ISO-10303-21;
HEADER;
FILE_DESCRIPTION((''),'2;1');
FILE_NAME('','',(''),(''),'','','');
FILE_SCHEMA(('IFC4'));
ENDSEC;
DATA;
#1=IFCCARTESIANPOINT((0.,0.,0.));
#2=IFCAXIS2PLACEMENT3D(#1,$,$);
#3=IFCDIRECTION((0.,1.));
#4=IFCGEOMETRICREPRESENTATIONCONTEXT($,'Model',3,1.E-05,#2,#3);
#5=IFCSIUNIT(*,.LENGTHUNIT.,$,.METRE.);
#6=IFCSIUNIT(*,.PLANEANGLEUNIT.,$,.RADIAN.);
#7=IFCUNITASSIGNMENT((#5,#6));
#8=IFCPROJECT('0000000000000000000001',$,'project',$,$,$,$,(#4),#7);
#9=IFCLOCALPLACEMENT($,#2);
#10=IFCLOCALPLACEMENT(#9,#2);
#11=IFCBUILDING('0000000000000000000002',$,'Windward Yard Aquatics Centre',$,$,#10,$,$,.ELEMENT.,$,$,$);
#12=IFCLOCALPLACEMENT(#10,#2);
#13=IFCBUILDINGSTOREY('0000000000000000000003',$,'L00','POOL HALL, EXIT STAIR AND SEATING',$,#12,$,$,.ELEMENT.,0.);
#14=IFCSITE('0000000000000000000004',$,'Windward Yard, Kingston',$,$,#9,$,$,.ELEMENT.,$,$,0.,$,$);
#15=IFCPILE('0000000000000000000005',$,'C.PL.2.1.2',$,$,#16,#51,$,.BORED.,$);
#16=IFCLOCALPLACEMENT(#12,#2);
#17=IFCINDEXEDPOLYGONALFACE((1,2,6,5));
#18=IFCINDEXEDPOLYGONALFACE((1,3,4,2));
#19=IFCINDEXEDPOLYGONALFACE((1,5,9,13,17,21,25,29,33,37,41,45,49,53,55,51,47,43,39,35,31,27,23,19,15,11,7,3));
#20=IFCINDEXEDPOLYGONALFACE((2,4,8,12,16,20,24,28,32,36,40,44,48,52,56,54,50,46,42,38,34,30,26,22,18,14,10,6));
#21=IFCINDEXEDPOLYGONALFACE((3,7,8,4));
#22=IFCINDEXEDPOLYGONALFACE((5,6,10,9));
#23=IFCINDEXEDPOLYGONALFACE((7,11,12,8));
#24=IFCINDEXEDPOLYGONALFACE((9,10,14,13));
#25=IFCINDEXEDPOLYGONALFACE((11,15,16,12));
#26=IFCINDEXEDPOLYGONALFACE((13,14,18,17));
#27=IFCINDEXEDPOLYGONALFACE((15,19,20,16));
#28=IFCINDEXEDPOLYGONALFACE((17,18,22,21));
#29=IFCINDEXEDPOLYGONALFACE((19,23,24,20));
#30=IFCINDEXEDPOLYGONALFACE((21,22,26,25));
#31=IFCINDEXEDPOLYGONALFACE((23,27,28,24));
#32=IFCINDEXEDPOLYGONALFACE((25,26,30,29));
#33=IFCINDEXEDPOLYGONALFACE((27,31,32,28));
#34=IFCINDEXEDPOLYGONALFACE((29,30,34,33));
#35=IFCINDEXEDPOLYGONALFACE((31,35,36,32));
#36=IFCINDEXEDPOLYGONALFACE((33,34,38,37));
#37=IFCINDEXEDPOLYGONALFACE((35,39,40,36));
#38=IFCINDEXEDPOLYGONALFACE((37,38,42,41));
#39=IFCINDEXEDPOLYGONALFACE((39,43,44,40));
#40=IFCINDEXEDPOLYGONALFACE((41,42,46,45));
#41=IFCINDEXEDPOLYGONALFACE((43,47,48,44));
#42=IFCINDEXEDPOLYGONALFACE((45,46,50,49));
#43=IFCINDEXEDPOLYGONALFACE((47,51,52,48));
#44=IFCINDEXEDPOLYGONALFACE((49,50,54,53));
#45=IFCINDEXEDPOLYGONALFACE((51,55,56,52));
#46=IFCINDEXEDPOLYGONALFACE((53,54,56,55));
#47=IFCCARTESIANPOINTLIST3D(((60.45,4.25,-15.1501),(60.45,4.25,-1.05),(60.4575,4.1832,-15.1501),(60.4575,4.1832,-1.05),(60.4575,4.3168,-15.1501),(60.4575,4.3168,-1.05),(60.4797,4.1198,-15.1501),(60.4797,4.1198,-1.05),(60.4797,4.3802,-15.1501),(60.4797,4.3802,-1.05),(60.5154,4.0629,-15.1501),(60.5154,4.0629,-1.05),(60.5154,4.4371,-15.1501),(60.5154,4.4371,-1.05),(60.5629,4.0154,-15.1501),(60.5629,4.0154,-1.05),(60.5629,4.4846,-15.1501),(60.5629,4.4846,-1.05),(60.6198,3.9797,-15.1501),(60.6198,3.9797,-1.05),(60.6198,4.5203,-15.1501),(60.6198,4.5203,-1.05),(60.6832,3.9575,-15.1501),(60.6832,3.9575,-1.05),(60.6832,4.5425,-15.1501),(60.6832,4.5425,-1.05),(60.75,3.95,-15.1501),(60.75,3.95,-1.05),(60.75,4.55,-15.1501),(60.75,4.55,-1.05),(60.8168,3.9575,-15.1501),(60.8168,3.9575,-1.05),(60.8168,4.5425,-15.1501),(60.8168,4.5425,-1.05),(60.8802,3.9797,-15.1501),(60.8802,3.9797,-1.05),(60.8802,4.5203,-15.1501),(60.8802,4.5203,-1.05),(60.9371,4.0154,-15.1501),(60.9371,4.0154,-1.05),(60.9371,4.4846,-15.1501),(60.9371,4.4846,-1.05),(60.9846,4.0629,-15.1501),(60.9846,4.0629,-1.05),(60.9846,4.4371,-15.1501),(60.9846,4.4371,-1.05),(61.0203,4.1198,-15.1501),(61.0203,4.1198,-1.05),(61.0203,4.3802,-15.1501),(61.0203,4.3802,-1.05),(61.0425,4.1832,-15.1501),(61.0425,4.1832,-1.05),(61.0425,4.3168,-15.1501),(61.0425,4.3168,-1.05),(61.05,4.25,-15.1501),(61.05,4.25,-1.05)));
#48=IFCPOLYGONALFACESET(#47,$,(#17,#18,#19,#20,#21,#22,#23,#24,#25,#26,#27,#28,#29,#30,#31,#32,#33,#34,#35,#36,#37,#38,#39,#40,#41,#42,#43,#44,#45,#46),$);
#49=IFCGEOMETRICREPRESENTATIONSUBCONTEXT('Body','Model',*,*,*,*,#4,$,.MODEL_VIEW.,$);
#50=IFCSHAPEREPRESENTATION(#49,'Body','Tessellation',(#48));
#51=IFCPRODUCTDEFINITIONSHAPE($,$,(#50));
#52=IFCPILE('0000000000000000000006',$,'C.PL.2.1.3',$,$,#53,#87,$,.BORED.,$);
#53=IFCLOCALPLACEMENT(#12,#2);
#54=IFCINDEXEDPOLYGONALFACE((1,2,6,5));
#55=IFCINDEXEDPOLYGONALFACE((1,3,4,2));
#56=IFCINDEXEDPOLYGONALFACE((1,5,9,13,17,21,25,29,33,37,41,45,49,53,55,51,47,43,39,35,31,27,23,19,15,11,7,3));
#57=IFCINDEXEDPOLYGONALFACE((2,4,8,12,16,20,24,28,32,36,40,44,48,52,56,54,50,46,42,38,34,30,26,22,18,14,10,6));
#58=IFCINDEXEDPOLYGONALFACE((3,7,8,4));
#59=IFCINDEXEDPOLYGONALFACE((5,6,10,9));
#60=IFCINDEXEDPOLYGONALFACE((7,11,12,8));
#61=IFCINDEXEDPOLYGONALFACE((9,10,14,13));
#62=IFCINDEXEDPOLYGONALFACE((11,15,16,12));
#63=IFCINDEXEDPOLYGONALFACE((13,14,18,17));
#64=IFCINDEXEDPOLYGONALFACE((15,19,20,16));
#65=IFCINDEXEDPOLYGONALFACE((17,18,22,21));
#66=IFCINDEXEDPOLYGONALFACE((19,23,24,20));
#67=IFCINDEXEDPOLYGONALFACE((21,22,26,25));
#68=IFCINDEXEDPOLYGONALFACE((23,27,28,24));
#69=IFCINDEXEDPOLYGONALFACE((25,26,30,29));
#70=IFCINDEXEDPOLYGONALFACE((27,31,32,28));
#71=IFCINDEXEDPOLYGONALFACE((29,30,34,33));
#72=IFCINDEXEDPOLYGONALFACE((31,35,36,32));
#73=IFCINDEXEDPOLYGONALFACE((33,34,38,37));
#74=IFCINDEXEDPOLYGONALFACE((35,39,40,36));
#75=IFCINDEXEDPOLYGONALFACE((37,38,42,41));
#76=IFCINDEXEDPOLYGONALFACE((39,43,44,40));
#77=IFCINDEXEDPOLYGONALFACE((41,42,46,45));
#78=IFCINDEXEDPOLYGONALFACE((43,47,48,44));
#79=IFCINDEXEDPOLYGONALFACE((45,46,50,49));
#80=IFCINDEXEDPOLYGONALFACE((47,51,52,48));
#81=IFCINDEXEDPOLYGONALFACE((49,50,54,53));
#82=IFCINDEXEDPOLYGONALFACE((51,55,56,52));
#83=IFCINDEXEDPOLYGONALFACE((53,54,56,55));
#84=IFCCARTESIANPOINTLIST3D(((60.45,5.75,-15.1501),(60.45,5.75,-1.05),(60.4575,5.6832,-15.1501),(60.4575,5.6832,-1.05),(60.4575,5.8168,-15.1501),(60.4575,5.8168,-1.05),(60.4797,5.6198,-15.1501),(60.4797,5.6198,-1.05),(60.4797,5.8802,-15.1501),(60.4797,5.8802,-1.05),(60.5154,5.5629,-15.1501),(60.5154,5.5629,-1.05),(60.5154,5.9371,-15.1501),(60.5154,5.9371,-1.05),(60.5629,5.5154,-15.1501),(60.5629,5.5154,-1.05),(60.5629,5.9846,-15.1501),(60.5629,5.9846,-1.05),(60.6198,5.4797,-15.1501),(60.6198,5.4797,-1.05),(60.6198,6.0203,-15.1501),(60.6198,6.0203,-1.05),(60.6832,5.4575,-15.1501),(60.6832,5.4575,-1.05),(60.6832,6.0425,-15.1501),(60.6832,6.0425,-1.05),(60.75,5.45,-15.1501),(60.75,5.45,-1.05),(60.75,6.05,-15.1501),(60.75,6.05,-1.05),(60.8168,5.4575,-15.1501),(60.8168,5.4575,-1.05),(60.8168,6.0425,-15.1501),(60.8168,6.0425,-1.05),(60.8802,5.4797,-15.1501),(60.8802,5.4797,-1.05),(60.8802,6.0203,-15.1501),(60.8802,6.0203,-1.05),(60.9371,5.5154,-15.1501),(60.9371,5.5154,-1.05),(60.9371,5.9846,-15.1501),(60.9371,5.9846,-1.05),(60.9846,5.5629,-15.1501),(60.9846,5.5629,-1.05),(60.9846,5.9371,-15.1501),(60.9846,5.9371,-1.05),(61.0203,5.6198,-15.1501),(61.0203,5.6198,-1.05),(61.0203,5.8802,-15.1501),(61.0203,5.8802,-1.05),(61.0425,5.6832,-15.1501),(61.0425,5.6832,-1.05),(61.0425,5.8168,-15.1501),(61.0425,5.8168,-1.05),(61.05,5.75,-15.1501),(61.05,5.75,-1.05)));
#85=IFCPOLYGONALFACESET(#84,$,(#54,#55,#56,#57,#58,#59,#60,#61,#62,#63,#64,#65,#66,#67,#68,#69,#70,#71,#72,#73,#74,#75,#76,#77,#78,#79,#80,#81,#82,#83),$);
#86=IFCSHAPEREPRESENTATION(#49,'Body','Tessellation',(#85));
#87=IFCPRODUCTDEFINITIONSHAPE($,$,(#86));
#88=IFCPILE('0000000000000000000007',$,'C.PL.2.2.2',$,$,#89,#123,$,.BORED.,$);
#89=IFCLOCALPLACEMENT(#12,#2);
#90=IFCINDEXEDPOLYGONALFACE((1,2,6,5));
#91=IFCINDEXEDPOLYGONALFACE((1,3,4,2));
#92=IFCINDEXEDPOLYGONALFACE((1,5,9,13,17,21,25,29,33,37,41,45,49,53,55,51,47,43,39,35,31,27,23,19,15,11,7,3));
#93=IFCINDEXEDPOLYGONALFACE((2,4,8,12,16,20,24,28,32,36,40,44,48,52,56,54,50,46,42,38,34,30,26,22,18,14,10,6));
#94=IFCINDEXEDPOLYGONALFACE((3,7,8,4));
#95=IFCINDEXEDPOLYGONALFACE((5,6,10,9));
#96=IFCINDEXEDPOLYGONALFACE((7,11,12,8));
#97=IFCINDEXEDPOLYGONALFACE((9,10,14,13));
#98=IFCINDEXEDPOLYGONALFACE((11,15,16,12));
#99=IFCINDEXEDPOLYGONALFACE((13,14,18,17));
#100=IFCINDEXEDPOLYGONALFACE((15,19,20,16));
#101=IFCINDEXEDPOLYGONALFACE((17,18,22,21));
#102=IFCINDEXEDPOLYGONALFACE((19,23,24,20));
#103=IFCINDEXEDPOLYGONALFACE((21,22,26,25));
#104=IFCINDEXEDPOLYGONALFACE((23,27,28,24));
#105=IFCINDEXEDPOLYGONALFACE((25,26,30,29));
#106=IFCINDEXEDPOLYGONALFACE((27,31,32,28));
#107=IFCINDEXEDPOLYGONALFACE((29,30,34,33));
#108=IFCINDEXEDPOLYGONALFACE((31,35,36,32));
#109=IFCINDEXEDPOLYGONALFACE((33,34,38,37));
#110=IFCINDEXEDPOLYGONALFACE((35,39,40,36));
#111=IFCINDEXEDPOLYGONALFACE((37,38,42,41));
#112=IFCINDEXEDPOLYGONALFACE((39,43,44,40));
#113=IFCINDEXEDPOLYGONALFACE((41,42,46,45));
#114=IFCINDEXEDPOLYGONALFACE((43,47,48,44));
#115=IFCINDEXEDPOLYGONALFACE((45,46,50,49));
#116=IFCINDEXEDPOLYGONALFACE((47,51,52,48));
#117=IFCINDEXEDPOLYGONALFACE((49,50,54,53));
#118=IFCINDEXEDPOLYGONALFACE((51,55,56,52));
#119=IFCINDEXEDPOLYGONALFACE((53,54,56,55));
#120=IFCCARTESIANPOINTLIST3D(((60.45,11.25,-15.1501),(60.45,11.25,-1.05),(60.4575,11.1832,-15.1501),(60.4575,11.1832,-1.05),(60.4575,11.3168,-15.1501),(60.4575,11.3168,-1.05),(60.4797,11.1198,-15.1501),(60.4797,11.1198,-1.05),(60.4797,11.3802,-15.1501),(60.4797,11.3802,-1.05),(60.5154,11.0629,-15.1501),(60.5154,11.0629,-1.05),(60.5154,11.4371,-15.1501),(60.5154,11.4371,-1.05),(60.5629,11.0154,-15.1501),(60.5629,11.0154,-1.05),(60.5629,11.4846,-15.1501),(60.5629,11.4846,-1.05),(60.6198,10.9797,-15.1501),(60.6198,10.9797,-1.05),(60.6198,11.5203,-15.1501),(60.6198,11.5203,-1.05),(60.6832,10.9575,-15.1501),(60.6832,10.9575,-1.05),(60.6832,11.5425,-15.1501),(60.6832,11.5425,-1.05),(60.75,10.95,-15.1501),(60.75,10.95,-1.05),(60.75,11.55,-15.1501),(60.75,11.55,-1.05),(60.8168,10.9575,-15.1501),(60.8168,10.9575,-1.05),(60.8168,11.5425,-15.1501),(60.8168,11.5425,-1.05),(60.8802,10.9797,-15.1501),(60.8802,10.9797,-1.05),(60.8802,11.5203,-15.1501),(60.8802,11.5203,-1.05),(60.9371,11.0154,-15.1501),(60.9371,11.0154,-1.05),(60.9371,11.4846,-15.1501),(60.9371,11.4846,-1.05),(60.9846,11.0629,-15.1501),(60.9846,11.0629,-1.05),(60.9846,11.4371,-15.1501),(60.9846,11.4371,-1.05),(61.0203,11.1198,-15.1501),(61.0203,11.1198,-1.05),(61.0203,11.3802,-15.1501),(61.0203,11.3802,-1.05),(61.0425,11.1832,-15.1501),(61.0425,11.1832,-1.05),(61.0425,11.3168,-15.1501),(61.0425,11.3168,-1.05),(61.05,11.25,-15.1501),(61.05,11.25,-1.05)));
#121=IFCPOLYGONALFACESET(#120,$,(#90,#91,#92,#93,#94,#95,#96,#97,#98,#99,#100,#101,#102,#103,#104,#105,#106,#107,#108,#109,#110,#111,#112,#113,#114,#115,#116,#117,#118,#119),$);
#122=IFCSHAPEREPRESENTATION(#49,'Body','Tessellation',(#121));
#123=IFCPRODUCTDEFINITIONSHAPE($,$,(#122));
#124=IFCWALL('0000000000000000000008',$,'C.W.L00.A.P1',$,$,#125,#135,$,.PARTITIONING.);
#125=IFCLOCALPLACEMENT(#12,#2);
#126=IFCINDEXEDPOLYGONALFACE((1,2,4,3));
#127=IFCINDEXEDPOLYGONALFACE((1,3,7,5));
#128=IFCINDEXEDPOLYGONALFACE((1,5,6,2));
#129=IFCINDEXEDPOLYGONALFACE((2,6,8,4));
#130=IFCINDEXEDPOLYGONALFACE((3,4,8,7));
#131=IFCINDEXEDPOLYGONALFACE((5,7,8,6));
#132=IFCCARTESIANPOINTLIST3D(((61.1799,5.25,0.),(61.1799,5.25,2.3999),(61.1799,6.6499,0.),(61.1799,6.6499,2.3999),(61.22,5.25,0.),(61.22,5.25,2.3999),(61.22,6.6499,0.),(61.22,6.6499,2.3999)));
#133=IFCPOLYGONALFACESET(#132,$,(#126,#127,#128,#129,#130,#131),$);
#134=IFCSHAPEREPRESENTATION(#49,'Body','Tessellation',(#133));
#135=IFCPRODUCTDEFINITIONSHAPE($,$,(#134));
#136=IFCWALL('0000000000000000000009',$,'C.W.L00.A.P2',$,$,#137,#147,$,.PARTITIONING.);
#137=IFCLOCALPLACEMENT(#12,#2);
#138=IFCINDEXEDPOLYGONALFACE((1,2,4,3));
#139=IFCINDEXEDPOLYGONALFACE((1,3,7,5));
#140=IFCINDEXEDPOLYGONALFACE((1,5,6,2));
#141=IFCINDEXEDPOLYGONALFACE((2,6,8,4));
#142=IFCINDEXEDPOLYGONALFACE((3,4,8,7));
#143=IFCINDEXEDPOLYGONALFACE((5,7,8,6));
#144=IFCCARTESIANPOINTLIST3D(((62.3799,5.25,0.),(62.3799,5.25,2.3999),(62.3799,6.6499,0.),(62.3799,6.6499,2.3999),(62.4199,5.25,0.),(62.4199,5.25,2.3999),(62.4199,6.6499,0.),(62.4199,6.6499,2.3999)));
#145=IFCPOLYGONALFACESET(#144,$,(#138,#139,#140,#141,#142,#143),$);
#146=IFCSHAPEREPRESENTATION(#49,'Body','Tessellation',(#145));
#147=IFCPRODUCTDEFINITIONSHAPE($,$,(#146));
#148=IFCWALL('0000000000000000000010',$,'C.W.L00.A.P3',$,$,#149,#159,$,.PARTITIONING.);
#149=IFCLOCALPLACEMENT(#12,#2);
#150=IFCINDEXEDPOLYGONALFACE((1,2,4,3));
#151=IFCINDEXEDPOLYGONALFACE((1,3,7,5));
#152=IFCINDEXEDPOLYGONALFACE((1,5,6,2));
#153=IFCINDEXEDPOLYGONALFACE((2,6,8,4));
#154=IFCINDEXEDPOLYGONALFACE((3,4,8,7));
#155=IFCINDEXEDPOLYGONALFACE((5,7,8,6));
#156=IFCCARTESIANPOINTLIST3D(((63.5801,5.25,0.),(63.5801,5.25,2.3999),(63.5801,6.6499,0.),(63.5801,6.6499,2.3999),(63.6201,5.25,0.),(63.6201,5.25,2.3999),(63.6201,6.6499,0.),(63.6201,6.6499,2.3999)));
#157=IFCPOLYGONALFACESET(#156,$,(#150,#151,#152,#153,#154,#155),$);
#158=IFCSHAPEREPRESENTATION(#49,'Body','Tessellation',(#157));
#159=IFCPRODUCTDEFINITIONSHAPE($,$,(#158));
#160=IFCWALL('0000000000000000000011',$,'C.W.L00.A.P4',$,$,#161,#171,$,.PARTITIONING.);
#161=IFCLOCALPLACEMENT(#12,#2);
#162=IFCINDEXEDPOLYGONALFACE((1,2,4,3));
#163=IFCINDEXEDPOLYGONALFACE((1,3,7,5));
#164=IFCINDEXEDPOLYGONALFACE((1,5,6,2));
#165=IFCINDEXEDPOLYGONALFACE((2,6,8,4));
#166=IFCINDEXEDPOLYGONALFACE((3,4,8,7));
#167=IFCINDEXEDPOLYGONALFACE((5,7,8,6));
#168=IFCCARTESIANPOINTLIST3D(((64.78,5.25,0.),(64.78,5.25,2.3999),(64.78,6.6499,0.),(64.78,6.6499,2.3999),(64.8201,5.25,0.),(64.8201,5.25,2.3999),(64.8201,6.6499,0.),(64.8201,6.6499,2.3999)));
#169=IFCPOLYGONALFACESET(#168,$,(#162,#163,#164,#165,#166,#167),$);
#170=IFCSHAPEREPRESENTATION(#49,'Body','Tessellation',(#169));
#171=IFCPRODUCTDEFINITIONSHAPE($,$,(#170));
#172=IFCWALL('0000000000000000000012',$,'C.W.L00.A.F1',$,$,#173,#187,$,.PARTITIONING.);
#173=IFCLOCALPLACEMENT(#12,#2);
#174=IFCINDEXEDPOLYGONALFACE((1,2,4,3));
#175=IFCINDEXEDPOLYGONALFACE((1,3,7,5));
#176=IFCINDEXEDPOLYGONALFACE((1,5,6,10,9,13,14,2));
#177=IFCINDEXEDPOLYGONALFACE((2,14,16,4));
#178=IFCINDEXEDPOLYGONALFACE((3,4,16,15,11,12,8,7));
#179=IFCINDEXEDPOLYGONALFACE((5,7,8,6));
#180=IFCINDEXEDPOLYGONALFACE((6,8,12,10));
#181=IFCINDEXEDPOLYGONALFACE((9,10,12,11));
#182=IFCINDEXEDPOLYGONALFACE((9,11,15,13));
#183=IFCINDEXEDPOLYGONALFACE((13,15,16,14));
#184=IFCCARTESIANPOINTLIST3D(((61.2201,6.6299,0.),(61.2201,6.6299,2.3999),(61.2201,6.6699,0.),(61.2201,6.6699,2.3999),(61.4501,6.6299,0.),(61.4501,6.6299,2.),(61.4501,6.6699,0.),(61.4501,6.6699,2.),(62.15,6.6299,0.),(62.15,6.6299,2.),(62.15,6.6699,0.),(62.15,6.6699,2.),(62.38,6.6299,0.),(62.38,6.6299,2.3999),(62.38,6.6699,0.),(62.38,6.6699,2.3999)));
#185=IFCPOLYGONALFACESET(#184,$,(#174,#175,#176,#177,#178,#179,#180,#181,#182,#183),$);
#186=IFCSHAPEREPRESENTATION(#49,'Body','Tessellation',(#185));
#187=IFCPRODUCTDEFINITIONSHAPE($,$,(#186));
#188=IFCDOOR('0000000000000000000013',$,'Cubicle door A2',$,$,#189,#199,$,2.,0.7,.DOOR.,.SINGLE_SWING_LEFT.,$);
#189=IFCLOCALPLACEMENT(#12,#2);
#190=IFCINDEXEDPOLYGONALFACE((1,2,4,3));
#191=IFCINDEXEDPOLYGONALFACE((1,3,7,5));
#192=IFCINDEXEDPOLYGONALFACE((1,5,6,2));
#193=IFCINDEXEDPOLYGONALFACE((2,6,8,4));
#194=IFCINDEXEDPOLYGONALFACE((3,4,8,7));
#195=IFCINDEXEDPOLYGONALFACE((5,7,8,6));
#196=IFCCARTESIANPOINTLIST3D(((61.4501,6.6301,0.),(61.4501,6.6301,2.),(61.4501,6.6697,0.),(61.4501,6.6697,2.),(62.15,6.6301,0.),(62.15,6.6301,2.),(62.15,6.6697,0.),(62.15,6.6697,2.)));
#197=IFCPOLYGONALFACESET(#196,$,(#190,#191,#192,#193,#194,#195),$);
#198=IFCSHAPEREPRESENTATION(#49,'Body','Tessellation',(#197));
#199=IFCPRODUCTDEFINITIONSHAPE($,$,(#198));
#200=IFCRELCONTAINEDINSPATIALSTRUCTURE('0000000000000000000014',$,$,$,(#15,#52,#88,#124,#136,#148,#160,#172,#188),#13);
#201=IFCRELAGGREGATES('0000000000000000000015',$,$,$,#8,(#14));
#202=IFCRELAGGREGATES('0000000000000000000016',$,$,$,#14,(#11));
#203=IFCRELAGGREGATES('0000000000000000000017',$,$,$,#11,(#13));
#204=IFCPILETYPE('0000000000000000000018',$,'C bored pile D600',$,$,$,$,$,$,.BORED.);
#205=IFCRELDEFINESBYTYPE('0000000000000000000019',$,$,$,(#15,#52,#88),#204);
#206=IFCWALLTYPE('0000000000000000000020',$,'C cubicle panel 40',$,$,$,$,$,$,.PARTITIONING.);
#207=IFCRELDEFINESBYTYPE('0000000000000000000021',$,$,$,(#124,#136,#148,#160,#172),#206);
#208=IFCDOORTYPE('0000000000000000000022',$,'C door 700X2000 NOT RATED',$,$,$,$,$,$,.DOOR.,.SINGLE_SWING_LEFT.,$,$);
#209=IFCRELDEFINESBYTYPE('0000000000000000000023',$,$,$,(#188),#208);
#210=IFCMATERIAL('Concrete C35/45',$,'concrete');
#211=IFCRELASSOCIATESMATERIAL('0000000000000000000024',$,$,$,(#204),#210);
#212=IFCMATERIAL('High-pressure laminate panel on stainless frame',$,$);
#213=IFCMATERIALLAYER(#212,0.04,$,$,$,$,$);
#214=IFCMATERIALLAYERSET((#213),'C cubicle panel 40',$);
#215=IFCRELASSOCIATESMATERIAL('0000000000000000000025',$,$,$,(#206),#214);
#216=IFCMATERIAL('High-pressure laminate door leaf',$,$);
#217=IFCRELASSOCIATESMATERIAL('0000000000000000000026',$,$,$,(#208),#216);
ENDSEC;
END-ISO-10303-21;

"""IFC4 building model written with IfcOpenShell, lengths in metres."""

from ifc_helpers import new_model, si_unit, direction, frame, frame_2d, origin, origin_2d, place, context, subcontext, project, spatial, rectangle, circle, extrude, material, layer, layer_set, material_profile, profile_set, type_object, element, fill, save


model = new_model("IFC4")

# Units and contexts
model_context = context("Model", 3, precision=1e-05, world=origin(), true_north=direction((0.0, 1.0)))
body_context = subcontext(model_context, "Body", "Model", "MODEL_VIEW")
ifc_project = project(units=[si_unit("LENGTHUNIT", "METRE"), si_unit("PLANEANGLEUNIT", "RADIAN")], contexts=[model_context])

# Site, building, storey
site_placement = place(None, origin())
site = spatial("IfcSite", under=ifc_project, at=site_placement, Name="Windward Yard, Kingston", CompositionType="ELEMENT", RefElevation=0.0)
building_placement = place(site_placement, origin())
building = spatial("IfcBuilding", under=site, at=building_placement, Name="Windward Yard Aquatics Centre", CompositionType="ELEMENT")
storey_placement = place(building_placement, origin())
storey = spatial("IfcBuildingStorey", under=building, at=storey_placement, Name="L00", Description="POOL HALL, EXIT STAIR AND SEATING", CompositionType="ELEMENT", Elevation=0.0)

# Piles
ifc_material_1 = material(Name="Concrete C35/45", Category="concrete")
ifc_material_profile = material_profile(ifc_material_1, circle(Radius=0.3, at=origin_2d()), Name="RC D600")
ifc_profile_set = profile_set([ifc_material_profile], Name="Concrete C35/45")
pile_type = type_object("IfcPileType", Name="C bored pile D600", PredefinedType="BORED", material=ifc_profile_set)
for number, where, z_axis, x_axis, name in (
    (1, (60.75, 4.25, -1.05), (0.0, 0.0, -1.0), (1.0, 0.0, 0.0), "C.PL.2.1.2"),
    (2, (60.75, 5.75, -1.05), (0.0, 0.0, -1.0), (1.0, 0.0, 0.0), "C.PL.2.1.3"),
    (3, (60.75, 11.25, -1.05), (0.0, 0.0, -1.0), (1.0, 0.0, 0.0), "C.PL.2.2.2"),
):
    element("IfcPile", number, at=place(storey_placement, frame(where, z_axis=z_axis, x_axis=x_axis)), inside=storey, type_object=pile_type, Name=name, PredefinedType="BORED", context=body_context, shape_type="SweptSolid", body=[
        extrude(circle(Radius=0.3, at=origin_2d()), origin(), (0.0, 0.0, 1.0), 14.1001),
    ])

# Walls
ifc_material_2 = material(Name="High-pressure laminate panel on stainless frame")
ifc_layer_1 = layer(ifc_material_2, 0.04)
ifc_layer_set_1 = layer_set([ifc_layer_1], Name="C cubicle panel 40")
wall_type_1 = type_object("IfcWallType", Name="C cubicle panel 40", PredefinedType="PARTITIONING", material=ifc_layer_set_1)
for number, where, z_axis, x_axis, name in (
    (4, (61.2, 5.25, 0.0), (0.0, 0.0, 1.0), (0.0, 1.0, 0.0), "C.W.L00.A.P1"),
    (5, (62.3999, 5.25, 0.0), (0.0, 0.0, 1.0), (0.0, 1.0, 0.0), "C.W.L00.A.P2"),
    (6, (63.6001, 5.25, 0.0), (0.0, 0.0, 1.0), (0.0, 1.0, 0.0), "C.W.L00.A.P3"),
    (7, (64.8, 5.25, 0.0), (0.0, 0.0, 1.0), (0.0, 1.0, 0.0), "C.W.L00.A.P4"),
):
    element("IfcWall", number, at=place(storey_placement, frame(where, z_axis=z_axis, x_axis=x_axis)), inside=storey, type_object=wall_type_1, Name=name, PredefinedType="PARTITIONING", context=body_context, shape_type="SweptSolid", body=[
        extrude(rectangle(XDim=1.3999, YDim=0.04, at=frame_2d((0.7, 0.0))), origin(), (0.0, 0.0, 1.0), 2.3999),
    ])

# Wall, opening, door
wall_1_placement = place(storey_placement, frame((61.22, 6.6499, 0.0), z_axis=(0.0, 0.0, 1.0), x_axis=(1.0, 0.0, 0.0)))
wall_1 = element("IfcWall", 8, at=wall_1_placement, inside=storey, type_object=wall_type_1, Name="C.W.L00.A.F1", PredefinedType="PARTITIONING", context=body_context, shape_type="SweptSolid", body=[
    extrude(rectangle(XDim=1.1599, YDim=0.04, at=frame_2d((0.5801, 0.0))), origin(), (0.0, 0.0, 1.0), 2.3999),
])
opening_1_placement = place(wall_1_placement, frame((0.23, 0.0, 0.0)))
opening_1 = element("IfcOpeningElement", 9, at=opening_1_placement, cuts=wall_1, PredefinedType="OPENING", context=body_context, shape_type="SweptSolid", body=[
    extrude(rectangle(XDim=0.7, YDim=2.0, at=frame_2d((0.3501, 1.0))), frame((0.0, 0.03, 0.0), z_axis=(0.0, -1.0, 0.0), x_axis=(1.0, 0.0, 0.0)), (0.0, 0.0, 1.0), 0.0601),
])
ifc_material_3 = material(Name="High-pressure laminate door leaf")
door_type = type_object("IfcDoorType", Name="C door 700X2000 NOT RATED", OperationType="SINGLE_SWING_LEFT", PredefinedType="DOOR", material=ifc_material_3)
door_1_placement = place(opening_1_placement, origin())
door_1 = element("IfcDoor", 10, at=door_1_placement, inside=storey, type_object=door_type, Name="Cubicle door A2", OperationType="SINGLE_SWING_LEFT", OverallHeight=2.0, OverallWidth=0.7, PredefinedType="DOOR", context=body_context, shape_type="SweptSolid", body=[
    extrude(rectangle(XDim=0.7, YDim=2.0, at=frame_2d((0.3501, 1.0))), frame((0.0, 0.0198, 0.0), z_axis=(0.0, -1.0, 0.0), x_axis=(1.0, 0.0, 0.0)), (0.0, 0.0, 1.0), 0.0396),
])
fill(opening_1, door_1)

save(model, "model.ifc")
